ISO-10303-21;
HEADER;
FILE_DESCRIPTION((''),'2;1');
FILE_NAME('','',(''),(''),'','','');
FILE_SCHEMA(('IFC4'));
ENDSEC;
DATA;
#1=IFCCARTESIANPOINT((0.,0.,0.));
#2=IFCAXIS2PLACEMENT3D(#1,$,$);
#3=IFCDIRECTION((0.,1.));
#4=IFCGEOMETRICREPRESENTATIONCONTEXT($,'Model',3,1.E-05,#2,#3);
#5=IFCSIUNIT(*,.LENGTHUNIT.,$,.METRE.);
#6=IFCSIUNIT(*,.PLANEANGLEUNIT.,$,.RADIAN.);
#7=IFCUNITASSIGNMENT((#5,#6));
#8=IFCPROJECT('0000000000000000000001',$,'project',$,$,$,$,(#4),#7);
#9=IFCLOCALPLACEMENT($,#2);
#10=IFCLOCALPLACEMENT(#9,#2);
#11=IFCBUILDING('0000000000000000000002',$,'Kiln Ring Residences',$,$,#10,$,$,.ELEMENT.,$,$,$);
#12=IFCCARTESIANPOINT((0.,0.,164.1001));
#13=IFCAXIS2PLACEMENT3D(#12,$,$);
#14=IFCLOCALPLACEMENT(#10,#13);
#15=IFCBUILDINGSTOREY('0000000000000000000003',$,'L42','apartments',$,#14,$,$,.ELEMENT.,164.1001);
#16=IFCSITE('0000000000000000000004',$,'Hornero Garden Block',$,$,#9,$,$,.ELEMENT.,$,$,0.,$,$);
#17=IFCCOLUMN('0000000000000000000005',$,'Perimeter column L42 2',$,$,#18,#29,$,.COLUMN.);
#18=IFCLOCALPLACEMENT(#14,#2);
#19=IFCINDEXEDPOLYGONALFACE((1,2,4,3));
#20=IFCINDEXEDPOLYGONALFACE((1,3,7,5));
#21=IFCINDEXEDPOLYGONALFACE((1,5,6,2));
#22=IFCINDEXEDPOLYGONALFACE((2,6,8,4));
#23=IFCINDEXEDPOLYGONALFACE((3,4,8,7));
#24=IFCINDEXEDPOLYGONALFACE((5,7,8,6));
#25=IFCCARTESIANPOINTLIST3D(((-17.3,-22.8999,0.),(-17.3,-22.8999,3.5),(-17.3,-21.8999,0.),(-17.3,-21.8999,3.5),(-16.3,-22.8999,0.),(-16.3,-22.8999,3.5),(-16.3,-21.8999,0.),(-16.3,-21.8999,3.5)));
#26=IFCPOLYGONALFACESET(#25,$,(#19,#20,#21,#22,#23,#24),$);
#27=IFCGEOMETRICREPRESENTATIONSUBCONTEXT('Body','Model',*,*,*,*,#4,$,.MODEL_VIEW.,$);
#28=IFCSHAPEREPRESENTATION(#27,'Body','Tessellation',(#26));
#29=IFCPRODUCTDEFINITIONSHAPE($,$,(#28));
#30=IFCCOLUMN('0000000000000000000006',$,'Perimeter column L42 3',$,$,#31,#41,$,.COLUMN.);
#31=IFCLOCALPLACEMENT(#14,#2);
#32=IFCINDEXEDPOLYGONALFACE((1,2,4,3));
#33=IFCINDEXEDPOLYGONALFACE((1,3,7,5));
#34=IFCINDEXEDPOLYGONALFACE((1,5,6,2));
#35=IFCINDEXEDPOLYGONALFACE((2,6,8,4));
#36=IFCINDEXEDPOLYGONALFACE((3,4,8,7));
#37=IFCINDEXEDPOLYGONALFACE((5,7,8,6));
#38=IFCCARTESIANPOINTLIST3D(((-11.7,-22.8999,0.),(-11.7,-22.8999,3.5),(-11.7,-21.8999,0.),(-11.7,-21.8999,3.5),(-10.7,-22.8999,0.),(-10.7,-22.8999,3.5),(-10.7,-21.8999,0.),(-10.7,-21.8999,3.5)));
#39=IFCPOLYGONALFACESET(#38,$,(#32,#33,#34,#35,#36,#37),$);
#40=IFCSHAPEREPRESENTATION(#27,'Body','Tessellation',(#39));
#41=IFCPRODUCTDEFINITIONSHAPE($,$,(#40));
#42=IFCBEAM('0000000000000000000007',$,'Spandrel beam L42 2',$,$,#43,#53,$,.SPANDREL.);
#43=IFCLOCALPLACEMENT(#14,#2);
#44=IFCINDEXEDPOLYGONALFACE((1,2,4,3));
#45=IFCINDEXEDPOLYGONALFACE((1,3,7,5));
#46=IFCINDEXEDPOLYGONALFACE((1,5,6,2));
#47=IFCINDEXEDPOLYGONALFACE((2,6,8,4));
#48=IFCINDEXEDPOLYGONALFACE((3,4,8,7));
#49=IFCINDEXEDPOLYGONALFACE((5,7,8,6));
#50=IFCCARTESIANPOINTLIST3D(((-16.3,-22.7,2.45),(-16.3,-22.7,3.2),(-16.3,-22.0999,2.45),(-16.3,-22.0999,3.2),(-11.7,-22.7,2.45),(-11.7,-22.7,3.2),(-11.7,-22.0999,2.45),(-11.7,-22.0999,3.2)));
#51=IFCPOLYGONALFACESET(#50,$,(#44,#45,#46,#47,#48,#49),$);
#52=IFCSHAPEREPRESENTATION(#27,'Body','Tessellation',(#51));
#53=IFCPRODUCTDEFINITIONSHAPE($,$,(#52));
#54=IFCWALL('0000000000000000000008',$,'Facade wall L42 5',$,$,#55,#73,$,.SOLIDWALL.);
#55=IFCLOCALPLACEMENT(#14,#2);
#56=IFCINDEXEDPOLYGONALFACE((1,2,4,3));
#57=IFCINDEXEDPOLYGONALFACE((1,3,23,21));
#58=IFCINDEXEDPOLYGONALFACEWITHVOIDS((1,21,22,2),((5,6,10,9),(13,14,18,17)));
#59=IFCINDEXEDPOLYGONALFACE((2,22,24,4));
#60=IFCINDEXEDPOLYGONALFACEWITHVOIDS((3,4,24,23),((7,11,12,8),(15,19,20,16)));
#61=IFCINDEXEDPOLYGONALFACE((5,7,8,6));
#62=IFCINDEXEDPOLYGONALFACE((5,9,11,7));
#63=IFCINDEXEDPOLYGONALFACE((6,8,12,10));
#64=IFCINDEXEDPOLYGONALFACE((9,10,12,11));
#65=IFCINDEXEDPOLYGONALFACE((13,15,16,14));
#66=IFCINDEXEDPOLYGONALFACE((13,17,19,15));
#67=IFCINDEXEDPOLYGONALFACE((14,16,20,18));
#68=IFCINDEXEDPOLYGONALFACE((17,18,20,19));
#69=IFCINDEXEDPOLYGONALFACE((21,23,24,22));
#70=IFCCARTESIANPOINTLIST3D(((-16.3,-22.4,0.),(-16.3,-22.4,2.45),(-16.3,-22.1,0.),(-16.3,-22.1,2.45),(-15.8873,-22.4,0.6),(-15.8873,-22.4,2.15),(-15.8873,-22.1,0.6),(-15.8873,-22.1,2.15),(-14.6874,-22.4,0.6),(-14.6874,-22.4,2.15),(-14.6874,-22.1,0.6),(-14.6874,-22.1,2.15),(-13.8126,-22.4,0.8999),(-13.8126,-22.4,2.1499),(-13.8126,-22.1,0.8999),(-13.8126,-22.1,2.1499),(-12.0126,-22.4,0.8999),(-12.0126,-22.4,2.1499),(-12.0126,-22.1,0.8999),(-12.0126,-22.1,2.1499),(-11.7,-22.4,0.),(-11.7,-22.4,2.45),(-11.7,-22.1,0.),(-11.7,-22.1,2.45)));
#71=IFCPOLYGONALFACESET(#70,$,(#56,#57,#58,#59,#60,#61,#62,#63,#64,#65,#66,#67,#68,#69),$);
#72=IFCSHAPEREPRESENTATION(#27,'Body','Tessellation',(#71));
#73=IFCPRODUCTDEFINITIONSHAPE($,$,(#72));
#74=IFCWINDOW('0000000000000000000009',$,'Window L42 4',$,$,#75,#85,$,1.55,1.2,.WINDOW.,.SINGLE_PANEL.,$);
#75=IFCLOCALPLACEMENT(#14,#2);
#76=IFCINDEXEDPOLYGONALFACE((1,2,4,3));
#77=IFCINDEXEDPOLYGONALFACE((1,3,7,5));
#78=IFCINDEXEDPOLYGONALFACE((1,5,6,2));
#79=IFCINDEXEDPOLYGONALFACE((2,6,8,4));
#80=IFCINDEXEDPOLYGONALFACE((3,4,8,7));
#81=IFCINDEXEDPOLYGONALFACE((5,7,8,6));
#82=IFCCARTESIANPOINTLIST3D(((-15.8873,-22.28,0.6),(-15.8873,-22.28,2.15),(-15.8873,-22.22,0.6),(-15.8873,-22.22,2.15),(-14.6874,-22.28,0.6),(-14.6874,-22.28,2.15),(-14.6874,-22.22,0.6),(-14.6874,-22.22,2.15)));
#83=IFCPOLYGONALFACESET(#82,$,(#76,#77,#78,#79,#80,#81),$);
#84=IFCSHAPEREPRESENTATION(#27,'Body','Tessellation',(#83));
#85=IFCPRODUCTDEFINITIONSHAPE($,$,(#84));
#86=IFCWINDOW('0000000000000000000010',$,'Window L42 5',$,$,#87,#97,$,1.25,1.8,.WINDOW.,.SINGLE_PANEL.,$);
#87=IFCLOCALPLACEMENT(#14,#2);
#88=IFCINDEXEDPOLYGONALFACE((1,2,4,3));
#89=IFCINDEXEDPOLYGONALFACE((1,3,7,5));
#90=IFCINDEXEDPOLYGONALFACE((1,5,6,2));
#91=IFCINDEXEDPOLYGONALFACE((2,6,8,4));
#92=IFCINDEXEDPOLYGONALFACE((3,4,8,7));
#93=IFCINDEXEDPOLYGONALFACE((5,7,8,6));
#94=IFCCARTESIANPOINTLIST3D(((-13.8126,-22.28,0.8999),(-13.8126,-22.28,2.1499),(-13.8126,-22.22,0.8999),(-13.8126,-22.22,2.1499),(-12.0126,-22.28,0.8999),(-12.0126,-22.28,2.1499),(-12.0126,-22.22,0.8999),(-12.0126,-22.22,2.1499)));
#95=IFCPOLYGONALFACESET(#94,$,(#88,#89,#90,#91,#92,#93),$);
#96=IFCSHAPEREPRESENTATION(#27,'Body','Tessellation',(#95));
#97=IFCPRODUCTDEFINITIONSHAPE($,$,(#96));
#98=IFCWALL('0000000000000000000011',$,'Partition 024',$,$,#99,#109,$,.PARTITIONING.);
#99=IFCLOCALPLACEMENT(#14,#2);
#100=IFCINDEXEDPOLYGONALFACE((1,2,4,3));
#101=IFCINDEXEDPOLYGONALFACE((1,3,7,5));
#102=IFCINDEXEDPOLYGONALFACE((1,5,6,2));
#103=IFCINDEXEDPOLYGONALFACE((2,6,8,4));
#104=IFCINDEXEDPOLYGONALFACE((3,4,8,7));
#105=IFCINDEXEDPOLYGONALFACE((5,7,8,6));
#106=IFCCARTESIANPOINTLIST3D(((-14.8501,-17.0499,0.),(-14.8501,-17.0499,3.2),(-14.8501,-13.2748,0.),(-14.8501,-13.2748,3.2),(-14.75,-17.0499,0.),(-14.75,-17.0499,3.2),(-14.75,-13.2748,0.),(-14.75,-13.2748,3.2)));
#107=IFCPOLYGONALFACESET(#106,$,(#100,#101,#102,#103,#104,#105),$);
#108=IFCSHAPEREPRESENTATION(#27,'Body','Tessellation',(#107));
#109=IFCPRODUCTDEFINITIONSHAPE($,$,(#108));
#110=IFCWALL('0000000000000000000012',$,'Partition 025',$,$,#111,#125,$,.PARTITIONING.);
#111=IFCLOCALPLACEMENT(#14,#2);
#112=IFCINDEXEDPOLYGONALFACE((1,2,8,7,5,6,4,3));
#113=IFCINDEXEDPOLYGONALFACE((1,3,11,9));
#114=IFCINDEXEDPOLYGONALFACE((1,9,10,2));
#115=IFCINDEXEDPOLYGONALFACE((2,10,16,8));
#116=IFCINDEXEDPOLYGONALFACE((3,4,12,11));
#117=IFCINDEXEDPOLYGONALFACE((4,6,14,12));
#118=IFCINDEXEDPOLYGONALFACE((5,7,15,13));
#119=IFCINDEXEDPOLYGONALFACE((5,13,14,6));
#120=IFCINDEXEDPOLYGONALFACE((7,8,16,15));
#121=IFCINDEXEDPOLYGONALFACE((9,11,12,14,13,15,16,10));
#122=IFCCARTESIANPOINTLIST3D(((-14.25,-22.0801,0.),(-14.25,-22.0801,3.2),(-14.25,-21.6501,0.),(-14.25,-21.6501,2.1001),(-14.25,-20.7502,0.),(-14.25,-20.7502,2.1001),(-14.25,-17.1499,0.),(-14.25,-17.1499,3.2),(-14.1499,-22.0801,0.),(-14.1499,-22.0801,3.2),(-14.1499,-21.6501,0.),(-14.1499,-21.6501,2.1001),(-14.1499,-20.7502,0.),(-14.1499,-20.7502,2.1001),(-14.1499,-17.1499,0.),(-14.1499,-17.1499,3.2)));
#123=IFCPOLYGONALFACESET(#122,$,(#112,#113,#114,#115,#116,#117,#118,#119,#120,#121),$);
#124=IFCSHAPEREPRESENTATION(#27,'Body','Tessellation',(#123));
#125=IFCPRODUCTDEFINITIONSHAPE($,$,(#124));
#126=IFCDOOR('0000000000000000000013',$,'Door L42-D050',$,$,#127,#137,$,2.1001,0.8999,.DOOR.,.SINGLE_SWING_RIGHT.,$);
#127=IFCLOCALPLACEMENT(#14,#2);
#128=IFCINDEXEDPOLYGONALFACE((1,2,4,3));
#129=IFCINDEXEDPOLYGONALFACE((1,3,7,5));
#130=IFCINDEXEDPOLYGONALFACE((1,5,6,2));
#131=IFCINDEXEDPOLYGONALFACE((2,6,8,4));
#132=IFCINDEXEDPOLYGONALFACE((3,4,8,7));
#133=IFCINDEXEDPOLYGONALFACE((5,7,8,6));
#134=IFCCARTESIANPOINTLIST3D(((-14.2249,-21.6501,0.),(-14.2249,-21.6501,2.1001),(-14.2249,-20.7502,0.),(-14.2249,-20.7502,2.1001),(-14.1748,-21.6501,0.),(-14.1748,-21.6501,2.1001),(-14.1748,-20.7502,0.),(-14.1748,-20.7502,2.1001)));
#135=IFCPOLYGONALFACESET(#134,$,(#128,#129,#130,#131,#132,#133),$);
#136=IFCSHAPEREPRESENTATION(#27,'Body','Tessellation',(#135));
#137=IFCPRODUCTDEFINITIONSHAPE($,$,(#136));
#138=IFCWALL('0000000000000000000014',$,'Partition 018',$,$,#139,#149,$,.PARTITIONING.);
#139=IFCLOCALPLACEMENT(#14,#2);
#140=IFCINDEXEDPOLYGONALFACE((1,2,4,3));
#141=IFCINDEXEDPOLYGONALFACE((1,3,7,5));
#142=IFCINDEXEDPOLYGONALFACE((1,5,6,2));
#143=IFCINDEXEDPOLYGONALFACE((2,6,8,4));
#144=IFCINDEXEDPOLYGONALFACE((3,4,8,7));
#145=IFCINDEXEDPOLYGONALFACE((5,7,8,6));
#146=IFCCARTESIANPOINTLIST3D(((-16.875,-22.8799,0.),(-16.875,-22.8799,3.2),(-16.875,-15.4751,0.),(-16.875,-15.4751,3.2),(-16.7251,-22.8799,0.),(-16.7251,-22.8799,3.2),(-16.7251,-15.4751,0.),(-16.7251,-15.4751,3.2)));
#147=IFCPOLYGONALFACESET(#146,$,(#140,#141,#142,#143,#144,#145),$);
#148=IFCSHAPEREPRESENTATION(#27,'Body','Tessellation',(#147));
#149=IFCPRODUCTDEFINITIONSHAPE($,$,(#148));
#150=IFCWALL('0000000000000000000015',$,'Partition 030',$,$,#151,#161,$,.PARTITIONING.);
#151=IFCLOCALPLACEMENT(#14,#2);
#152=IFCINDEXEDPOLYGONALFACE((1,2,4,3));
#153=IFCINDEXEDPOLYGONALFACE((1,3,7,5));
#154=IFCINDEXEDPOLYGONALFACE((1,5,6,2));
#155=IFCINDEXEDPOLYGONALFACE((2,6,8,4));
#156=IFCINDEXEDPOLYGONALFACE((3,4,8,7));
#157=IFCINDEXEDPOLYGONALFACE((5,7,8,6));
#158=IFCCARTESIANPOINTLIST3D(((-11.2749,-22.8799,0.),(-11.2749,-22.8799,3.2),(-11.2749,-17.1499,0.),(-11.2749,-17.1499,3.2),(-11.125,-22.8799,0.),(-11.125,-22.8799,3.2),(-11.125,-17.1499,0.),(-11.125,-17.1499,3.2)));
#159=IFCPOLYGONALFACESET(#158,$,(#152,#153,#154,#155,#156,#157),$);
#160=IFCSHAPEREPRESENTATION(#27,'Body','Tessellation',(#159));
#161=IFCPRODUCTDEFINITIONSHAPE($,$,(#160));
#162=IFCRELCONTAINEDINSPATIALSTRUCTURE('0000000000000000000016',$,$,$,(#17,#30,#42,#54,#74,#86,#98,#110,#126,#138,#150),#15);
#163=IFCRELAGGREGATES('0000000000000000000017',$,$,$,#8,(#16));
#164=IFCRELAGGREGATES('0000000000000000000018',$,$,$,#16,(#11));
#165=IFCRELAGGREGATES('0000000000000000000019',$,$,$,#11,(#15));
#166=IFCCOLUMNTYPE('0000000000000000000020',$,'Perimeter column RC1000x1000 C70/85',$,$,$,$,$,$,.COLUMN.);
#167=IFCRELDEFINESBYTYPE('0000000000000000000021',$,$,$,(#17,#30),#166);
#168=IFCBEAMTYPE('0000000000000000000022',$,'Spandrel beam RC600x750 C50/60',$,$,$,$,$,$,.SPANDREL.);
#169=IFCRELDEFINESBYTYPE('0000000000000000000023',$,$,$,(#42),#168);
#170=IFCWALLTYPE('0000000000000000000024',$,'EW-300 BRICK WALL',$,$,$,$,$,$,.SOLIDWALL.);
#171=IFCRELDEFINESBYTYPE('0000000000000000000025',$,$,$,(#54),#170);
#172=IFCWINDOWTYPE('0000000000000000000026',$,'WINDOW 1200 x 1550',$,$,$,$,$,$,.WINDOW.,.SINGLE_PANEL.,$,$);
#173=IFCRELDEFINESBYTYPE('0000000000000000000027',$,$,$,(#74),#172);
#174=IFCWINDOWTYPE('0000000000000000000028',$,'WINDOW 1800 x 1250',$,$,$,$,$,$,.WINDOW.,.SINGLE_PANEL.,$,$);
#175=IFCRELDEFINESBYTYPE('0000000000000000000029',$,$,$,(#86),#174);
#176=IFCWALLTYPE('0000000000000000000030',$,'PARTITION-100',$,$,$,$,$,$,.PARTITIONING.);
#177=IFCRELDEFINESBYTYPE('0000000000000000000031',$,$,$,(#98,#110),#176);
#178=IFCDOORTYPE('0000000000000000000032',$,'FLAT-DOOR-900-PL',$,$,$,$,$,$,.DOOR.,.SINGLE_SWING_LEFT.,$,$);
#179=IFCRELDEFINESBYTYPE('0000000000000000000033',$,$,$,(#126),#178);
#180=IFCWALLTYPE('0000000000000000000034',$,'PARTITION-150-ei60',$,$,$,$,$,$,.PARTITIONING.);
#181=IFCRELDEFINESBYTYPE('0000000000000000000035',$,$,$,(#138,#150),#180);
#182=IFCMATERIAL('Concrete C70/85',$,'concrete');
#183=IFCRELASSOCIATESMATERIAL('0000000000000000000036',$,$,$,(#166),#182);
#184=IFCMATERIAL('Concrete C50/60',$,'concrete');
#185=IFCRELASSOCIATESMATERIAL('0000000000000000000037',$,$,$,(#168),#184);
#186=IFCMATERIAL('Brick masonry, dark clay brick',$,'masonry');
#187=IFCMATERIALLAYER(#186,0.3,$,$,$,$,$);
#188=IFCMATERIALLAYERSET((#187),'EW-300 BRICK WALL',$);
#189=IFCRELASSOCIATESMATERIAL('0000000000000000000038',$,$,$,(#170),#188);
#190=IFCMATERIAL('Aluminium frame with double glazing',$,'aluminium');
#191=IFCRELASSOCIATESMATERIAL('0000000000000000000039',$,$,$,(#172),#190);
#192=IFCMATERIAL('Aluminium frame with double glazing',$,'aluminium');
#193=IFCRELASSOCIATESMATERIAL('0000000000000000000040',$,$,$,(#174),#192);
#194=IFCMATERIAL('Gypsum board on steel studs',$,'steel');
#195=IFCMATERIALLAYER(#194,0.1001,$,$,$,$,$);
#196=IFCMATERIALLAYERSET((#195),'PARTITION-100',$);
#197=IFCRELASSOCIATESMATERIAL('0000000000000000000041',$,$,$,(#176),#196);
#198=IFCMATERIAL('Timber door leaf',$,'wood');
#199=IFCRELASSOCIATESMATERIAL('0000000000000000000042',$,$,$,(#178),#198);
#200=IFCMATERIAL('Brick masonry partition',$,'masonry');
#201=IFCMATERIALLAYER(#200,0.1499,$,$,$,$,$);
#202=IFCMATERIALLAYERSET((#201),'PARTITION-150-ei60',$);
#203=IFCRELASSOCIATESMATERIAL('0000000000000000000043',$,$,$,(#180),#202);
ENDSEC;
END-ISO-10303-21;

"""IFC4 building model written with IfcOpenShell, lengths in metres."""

from ifc_helpers import new_model, si_unit, direction, frame, frame_2d, origin, origin_2d, place, context, subcontext, project, spatial, rectangle, extrude, material, layer, layer_set, material_profile, profile_set, type_object, element, fill, save


model = new_model("IFC4")

# Units and contexts
model_context = context("Model", 3, precision=1e-05, world=origin(), true_north=direction((0.0, 1.0)))
body_context = subcontext(model_context, "Body", "Model", "MODEL_VIEW")
ifc_project = project(units=[si_unit("LENGTHUNIT", "METRE"), si_unit("PLANEANGLEUNIT", "RADIAN")], contexts=[model_context])

# Site, building, storey
site_placement = place(None, origin())
site = spatial("IfcSite", under=ifc_project, at=site_placement, Name="Hornero Garden Block", CompositionType="ELEMENT", RefElevation=0.0)
building_placement = place(site_placement, origin())
building = spatial("IfcBuilding", under=site, at=building_placement, Name="Kiln Ring Residences", CompositionType="ELEMENT")
storey_placement = place(building_placement, frame((0.0, 0.0, 164.1001)))
storey = spatial("IfcBuildingStorey", under=building, at=storey_placement, Name="L42", Description="apartments", CompositionType="ELEMENT", Elevation=164.1001)

# Columns
ifc_material_1 = material(Name="Concrete C70/85", Category="concrete")
ifc_material_profile_1 = material_profile(ifc_material_1, rectangle(XDim=1.0, YDim=1.0, at=origin_2d()), Name="RC1000x1000")
ifc_profile_set_1 = profile_set([ifc_material_profile_1], Name="Concrete C70/85")
column_type = type_object("IfcColumnType", Name="Perimeter column RC1000x1000 C70/85", PredefinedType="COLUMN", material=ifc_profile_set_1)
for number, where, z_axis, x_axis, name in (
    (1, (-16.8, -22.3999, 0.0), (0.0, 0.0, 1.0), (1.0, 0.0, 0.0), "Perimeter column L42 2"),
    (2, (-11.2, -22.3999, 0.0), (0.0, 0.0, 1.0), (1.0, 0.0, 0.0), "Perimeter column L42 3"),
):
    element("IfcColumn", number, at=place(storey_placement, frame(where, z_axis=z_axis, x_axis=x_axis)), inside=storey, type_object=column_type, Name=name, PredefinedType="COLUMN", context=body_context, shape_type="SweptSolid", body=[
        extrude(rectangle(XDim=1.0, YDim=1.0, at=origin_2d()), origin(), (0.0, 0.0, 1.0), 3.5),
    ])

# Beam
ifc_material_2 = material(Name="Concrete C50/60", Category="concrete")
ifc_material_profile_2 = material_profile(ifc_material_2, rectangle(XDim=0.6001, YDim=0.75, at=origin_2d()), Name="RC600x750")
ifc_profile_set_2 = profile_set([ifc_material_profile_2], Name="Concrete C50/60")
beam_type = type_object("IfcBeamType", Name="Spandrel beam RC600x750 C50/60", PredefinedType="SPANDREL", material=ifc_profile_set_2)
beam_placement = place(storey_placement, frame((-16.3, -22.3999, 2.825), z_axis=(1.0, 0.0, 0.0), x_axis=(0.0, 1.0, 0.0)))
element("IfcBeam", 3, at=beam_placement, inside=storey, type_object=beam_type, Name="Spandrel beam L42 2", PredefinedType="SPANDREL", context=body_context, shape_type="SweptSolid", body=[
    extrude(rectangle(XDim=0.6001, YDim=0.75, at=origin_2d()), origin(), (0.0, 0.0, 1.0), 4.6001),
])

# Wall, openings, windows
ifc_material_3 = material(Name="Brick masonry, dark clay brick", Category="masonry")
ifc_layer_1 = layer(ifc_material_3, 0.3)
ifc_layer_set_1 = layer_set([ifc_layer_1], Name="EW-300 BRICK WALL")
wall_type_1 = type_object("IfcWallType", Name="EW-300 BRICK WALL", PredefinedType="SOLIDWALL", material=ifc_layer_set_1)
wall_1_placement = place(storey_placement, frame((-16.3, -22.25, 0.0), z_axis=(0.0, 0.0, 1.0), x_axis=(1.0, 0.0, 0.0)))
wall_1 = element("IfcWall", 4, at=wall_1_placement, inside=storey, type_object=wall_type_1, Name="Facade wall L42 5", PredefinedType="SOLIDWALL", context=body_context, shape_type="SweptSolid", body=[
    extrude(rectangle(XDim=4.6001, YDim=0.3, at=frame_2d((2.3, 0.0))), origin(), (0.0, 0.0, 1.0), 2.45),
])
opening_1_placement = place(wall_1_placement, frame((0.4126, 0.0, 0.6001)))
opening_1 = element("IfcOpeningElement", 5, at=opening_1_placement, cuts=wall_1, PredefinedType="OPENING", context=body_context, shape_type="SweptSolid", body=[
    extrude(rectangle(XDim=1.2, YDim=1.55, at=frame_2d((0.6001, 0.7749))), frame((0.0, 0.1599, 0.0), z_axis=(0.0, -1.0, 0.0), x_axis=(1.0, 0.0, 0.0)), (0.0, 0.0, 1.0), 0.3201),
])
opening_2_placement = place(wall_1_placement, frame((2.4875, 0.0, 0.8999)))
opening_2 = element("IfcOpeningElement", 6, at=opening_2_placement, cuts=wall_1, PredefinedType="OPENING", context=body_context, shape_type="SweptSolid", body=[
    extrude(rectangle(XDim=1.8, YDim=1.25, at=frame_2d((0.8999, 0.625))), frame((0.0, 0.1599, 0.0), z_axis=(0.0, -1.0, 0.0), x_axis=(1.0, 0.0, 0.0)), (0.0, 0.0, 1.0), 0.3201),
])
ifc_material_4 = material(Name="Aluminium frame with double glazing", Category="aluminium")
window_type_1 = type_object("IfcWindowType", Name="WINDOW 1200 x 1550", PartitioningType="SINGLE_PANEL", PredefinedType="WINDOW", material=ifc_material_4)
window_1_placement = place(opening_1_placement, origin())
window_1 = element("IfcWindow", 7, at=window_1_placement, inside=storey, type_object=window_type_1, Name="Window L42 4", OverallHeight=1.55, OverallWidth=1.2, PartitioningType="SINGLE_PANEL", PredefinedType="WINDOW", context=body_context, shape_type="SweptSolid", body=[
    extrude(rectangle(XDim=1.2, YDim=1.55, at=frame_2d((0.6001, 0.7749))), frame((0.0, 0.03, 0.0), z_axis=(0.0, -1.0, 0.0), x_axis=(1.0, 0.0, 0.0)), (0.0, 0.0, 1.0), 0.0601),
])
fill(opening_1, window_1)
ifc_material_5 = material(Name="Aluminium frame with double glazing", Category="aluminium")
window_type_2 = type_object("IfcWindowType", Name="WINDOW 1800 x 1250", PartitioningType="SINGLE_PANEL", PredefinedType="WINDOW", material=ifc_material_5)
window_2_placement = place(opening_2_placement, origin())
window_2 = element("IfcWindow", 8, at=window_2_placement, inside=storey, type_object=window_type_2, Name="Window L42 5", OverallHeight=1.25, OverallWidth=1.8, PartitioningType="SINGLE_PANEL", PredefinedType="WINDOW", context=body_context, shape_type="SweptSolid", body=[
    extrude(rectangle(XDim=1.8, YDim=1.25, at=frame_2d((0.8999, 0.625))), frame((0.0, 0.03, 0.0), z_axis=(0.0, -1.0, 0.0), x_axis=(1.0, 0.0, 0.0)), (0.0, 0.0, 1.0), 0.0601),
])
fill(opening_2, window_2)

# Shared definitions
ifc_material_6 = material(Name="Gypsum board on steel studs", Category="steel")
ifc_layer_2 = layer(ifc_material_6, 0.1001)
ifc_layer_set_2 = layer_set([ifc_layer_2], Name="PARTITION-100")
wall_type_2 = type_object("IfcWallType", Name="PARTITION-100", PredefinedType="PARTITIONING", material=ifc_layer_set_2)
ifc_material_7 = material(Name="Timber door leaf", Category="wood")
door_type_1 = type_object("IfcDoorType", Name="FLAT-DOOR-900-PL", OperationType="SINGLE_SWING_LEFT", PredefinedType="DOOR", material=ifc_material_7)

# Wall
wall_2_placement = place(storey_placement, frame((-14.8, -17.05, 0.0), z_axis=(0.0, 0.0, 1.0), x_axis=(0.0, 1.0, 0.0)))
element("IfcWall", 9, at=wall_2_placement, inside=storey, type_object=wall_type_2, Name="Partition 024", PredefinedType="PARTITIONING", context=body_context, shape_type="SweptSolid", body=[
    extrude(rectangle(XDim=3.7751, YDim=0.1001, at=frame_2d((1.8877, 0.0))), origin(), (0.0, 0.0, 1.0), 3.2),
])

# Wall, opening, door
wall_3_placement = place(storey_placement, frame((-14.2, -22.0801, 0.0), z_axis=(0.0, 0.0, 1.0), x_axis=(0.0, 1.0, 0.0)))
wall_3 = element("IfcWall", 10, at=wall_3_placement, inside=storey, type_object=wall_type_2, Name="Partition 025", PredefinedType="PARTITIONING", context=body_context, shape_type="SweptSolid", body=[
    extrude(rectangle(XDim=4.9302, YDim=0.1001, at=frame_2d((2.4651, 0.0))), origin(), (0.0, 0.0, 1.0), 3.2),
])
opening_3_placement = place(wall_3_placement, frame((0.4299, 0.0, 0.0)))
opening_3 = element("IfcOpeningElement", 11, at=opening_3_placement, cuts=wall_3, PredefinedType="OPENING", context=body_context, shape_type="SweptSolid", body=[
    extrude(rectangle(XDim=0.8999, YDim=2.1001, at=frame_2d((0.45, 1.05))), frame((0.0, 0.0601, 0.0), z_axis=(0.0, -1.0, 0.0), x_axis=(1.0, 0.0, 0.0)), (0.0, 0.0, 1.0), 0.1201),
])
door_1_placement = place(opening_3_placement, origin())
door_1 = element("IfcDoor", 12, at=door_1_placement, inside=storey, type_object=door_type_1, Name="Door L42-D050", OperationType="SINGLE_SWING_RIGHT", OverallHeight=2.1001, OverallWidth=0.8999, PredefinedType="DOOR", context=body_context, shape_type="SweptSolid", body=[
    extrude(rectangle(XDim=0.8999, YDim=2.1001, at=frame_2d((0.45, 1.05))), frame((0.0, 0.0249, 0.0), z_axis=(0.0, -1.0, 0.0), x_axis=(1.0, 0.0, 0.0)), (0.0, 0.0, 1.0), 0.05),
])
fill(opening_3, door_1)

# Walls
ifc_material_8 = material(Name="Brick masonry partition", Category="masonry")
ifc_layer_3 = layer(ifc_material_8, 0.1499)
ifc_layer_set_3 = layer_set([ifc_layer_3], Name="PARTITION-150-ei60")
wall_type_3 = type_object("IfcWallType", Name="PARTITION-150-ei60", PredefinedType="PARTITIONING", material=ifc_layer_set_3)
wall_4_placement = place(storey_placement, frame((-16.8, -22.8799, 0.0), z_axis=(0.0, 0.0, 1.0), x_axis=(0.0, 1.0, 0.0)))
element("IfcWall", 13, at=wall_4_placement, inside=storey, type_object=wall_type_3, Name="Partition 018", PredefinedType="PARTITIONING", context=body_context, shape_type="SweptSolid", body=[
    extrude(rectangle(XDim=7.4048, YDim=0.1499, at=frame_2d((3.7024, 0.0))), origin(), (0.0, 0.0, 1.0), 3.2),
])
wall_5_placement = place(storey_placement, frame((-11.2, -22.8799, 0.0), z_axis=(0.0, 0.0, 1.0), x_axis=(0.0, 1.0, 0.0)))
element("IfcWall", 14, at=wall_5_placement, inside=storey, type_object=wall_type_3, Name="Partition 030", PredefinedType="PARTITIONING", context=body_context, shape_type="SweptSolid", body=[
    extrude(rectangle(XDim=5.73, YDim=0.1499, at=frame_2d((2.865, 0.0))), origin(), (0.0, 0.0, 1.0), 3.2),
])

save(model, "model.ifc")
